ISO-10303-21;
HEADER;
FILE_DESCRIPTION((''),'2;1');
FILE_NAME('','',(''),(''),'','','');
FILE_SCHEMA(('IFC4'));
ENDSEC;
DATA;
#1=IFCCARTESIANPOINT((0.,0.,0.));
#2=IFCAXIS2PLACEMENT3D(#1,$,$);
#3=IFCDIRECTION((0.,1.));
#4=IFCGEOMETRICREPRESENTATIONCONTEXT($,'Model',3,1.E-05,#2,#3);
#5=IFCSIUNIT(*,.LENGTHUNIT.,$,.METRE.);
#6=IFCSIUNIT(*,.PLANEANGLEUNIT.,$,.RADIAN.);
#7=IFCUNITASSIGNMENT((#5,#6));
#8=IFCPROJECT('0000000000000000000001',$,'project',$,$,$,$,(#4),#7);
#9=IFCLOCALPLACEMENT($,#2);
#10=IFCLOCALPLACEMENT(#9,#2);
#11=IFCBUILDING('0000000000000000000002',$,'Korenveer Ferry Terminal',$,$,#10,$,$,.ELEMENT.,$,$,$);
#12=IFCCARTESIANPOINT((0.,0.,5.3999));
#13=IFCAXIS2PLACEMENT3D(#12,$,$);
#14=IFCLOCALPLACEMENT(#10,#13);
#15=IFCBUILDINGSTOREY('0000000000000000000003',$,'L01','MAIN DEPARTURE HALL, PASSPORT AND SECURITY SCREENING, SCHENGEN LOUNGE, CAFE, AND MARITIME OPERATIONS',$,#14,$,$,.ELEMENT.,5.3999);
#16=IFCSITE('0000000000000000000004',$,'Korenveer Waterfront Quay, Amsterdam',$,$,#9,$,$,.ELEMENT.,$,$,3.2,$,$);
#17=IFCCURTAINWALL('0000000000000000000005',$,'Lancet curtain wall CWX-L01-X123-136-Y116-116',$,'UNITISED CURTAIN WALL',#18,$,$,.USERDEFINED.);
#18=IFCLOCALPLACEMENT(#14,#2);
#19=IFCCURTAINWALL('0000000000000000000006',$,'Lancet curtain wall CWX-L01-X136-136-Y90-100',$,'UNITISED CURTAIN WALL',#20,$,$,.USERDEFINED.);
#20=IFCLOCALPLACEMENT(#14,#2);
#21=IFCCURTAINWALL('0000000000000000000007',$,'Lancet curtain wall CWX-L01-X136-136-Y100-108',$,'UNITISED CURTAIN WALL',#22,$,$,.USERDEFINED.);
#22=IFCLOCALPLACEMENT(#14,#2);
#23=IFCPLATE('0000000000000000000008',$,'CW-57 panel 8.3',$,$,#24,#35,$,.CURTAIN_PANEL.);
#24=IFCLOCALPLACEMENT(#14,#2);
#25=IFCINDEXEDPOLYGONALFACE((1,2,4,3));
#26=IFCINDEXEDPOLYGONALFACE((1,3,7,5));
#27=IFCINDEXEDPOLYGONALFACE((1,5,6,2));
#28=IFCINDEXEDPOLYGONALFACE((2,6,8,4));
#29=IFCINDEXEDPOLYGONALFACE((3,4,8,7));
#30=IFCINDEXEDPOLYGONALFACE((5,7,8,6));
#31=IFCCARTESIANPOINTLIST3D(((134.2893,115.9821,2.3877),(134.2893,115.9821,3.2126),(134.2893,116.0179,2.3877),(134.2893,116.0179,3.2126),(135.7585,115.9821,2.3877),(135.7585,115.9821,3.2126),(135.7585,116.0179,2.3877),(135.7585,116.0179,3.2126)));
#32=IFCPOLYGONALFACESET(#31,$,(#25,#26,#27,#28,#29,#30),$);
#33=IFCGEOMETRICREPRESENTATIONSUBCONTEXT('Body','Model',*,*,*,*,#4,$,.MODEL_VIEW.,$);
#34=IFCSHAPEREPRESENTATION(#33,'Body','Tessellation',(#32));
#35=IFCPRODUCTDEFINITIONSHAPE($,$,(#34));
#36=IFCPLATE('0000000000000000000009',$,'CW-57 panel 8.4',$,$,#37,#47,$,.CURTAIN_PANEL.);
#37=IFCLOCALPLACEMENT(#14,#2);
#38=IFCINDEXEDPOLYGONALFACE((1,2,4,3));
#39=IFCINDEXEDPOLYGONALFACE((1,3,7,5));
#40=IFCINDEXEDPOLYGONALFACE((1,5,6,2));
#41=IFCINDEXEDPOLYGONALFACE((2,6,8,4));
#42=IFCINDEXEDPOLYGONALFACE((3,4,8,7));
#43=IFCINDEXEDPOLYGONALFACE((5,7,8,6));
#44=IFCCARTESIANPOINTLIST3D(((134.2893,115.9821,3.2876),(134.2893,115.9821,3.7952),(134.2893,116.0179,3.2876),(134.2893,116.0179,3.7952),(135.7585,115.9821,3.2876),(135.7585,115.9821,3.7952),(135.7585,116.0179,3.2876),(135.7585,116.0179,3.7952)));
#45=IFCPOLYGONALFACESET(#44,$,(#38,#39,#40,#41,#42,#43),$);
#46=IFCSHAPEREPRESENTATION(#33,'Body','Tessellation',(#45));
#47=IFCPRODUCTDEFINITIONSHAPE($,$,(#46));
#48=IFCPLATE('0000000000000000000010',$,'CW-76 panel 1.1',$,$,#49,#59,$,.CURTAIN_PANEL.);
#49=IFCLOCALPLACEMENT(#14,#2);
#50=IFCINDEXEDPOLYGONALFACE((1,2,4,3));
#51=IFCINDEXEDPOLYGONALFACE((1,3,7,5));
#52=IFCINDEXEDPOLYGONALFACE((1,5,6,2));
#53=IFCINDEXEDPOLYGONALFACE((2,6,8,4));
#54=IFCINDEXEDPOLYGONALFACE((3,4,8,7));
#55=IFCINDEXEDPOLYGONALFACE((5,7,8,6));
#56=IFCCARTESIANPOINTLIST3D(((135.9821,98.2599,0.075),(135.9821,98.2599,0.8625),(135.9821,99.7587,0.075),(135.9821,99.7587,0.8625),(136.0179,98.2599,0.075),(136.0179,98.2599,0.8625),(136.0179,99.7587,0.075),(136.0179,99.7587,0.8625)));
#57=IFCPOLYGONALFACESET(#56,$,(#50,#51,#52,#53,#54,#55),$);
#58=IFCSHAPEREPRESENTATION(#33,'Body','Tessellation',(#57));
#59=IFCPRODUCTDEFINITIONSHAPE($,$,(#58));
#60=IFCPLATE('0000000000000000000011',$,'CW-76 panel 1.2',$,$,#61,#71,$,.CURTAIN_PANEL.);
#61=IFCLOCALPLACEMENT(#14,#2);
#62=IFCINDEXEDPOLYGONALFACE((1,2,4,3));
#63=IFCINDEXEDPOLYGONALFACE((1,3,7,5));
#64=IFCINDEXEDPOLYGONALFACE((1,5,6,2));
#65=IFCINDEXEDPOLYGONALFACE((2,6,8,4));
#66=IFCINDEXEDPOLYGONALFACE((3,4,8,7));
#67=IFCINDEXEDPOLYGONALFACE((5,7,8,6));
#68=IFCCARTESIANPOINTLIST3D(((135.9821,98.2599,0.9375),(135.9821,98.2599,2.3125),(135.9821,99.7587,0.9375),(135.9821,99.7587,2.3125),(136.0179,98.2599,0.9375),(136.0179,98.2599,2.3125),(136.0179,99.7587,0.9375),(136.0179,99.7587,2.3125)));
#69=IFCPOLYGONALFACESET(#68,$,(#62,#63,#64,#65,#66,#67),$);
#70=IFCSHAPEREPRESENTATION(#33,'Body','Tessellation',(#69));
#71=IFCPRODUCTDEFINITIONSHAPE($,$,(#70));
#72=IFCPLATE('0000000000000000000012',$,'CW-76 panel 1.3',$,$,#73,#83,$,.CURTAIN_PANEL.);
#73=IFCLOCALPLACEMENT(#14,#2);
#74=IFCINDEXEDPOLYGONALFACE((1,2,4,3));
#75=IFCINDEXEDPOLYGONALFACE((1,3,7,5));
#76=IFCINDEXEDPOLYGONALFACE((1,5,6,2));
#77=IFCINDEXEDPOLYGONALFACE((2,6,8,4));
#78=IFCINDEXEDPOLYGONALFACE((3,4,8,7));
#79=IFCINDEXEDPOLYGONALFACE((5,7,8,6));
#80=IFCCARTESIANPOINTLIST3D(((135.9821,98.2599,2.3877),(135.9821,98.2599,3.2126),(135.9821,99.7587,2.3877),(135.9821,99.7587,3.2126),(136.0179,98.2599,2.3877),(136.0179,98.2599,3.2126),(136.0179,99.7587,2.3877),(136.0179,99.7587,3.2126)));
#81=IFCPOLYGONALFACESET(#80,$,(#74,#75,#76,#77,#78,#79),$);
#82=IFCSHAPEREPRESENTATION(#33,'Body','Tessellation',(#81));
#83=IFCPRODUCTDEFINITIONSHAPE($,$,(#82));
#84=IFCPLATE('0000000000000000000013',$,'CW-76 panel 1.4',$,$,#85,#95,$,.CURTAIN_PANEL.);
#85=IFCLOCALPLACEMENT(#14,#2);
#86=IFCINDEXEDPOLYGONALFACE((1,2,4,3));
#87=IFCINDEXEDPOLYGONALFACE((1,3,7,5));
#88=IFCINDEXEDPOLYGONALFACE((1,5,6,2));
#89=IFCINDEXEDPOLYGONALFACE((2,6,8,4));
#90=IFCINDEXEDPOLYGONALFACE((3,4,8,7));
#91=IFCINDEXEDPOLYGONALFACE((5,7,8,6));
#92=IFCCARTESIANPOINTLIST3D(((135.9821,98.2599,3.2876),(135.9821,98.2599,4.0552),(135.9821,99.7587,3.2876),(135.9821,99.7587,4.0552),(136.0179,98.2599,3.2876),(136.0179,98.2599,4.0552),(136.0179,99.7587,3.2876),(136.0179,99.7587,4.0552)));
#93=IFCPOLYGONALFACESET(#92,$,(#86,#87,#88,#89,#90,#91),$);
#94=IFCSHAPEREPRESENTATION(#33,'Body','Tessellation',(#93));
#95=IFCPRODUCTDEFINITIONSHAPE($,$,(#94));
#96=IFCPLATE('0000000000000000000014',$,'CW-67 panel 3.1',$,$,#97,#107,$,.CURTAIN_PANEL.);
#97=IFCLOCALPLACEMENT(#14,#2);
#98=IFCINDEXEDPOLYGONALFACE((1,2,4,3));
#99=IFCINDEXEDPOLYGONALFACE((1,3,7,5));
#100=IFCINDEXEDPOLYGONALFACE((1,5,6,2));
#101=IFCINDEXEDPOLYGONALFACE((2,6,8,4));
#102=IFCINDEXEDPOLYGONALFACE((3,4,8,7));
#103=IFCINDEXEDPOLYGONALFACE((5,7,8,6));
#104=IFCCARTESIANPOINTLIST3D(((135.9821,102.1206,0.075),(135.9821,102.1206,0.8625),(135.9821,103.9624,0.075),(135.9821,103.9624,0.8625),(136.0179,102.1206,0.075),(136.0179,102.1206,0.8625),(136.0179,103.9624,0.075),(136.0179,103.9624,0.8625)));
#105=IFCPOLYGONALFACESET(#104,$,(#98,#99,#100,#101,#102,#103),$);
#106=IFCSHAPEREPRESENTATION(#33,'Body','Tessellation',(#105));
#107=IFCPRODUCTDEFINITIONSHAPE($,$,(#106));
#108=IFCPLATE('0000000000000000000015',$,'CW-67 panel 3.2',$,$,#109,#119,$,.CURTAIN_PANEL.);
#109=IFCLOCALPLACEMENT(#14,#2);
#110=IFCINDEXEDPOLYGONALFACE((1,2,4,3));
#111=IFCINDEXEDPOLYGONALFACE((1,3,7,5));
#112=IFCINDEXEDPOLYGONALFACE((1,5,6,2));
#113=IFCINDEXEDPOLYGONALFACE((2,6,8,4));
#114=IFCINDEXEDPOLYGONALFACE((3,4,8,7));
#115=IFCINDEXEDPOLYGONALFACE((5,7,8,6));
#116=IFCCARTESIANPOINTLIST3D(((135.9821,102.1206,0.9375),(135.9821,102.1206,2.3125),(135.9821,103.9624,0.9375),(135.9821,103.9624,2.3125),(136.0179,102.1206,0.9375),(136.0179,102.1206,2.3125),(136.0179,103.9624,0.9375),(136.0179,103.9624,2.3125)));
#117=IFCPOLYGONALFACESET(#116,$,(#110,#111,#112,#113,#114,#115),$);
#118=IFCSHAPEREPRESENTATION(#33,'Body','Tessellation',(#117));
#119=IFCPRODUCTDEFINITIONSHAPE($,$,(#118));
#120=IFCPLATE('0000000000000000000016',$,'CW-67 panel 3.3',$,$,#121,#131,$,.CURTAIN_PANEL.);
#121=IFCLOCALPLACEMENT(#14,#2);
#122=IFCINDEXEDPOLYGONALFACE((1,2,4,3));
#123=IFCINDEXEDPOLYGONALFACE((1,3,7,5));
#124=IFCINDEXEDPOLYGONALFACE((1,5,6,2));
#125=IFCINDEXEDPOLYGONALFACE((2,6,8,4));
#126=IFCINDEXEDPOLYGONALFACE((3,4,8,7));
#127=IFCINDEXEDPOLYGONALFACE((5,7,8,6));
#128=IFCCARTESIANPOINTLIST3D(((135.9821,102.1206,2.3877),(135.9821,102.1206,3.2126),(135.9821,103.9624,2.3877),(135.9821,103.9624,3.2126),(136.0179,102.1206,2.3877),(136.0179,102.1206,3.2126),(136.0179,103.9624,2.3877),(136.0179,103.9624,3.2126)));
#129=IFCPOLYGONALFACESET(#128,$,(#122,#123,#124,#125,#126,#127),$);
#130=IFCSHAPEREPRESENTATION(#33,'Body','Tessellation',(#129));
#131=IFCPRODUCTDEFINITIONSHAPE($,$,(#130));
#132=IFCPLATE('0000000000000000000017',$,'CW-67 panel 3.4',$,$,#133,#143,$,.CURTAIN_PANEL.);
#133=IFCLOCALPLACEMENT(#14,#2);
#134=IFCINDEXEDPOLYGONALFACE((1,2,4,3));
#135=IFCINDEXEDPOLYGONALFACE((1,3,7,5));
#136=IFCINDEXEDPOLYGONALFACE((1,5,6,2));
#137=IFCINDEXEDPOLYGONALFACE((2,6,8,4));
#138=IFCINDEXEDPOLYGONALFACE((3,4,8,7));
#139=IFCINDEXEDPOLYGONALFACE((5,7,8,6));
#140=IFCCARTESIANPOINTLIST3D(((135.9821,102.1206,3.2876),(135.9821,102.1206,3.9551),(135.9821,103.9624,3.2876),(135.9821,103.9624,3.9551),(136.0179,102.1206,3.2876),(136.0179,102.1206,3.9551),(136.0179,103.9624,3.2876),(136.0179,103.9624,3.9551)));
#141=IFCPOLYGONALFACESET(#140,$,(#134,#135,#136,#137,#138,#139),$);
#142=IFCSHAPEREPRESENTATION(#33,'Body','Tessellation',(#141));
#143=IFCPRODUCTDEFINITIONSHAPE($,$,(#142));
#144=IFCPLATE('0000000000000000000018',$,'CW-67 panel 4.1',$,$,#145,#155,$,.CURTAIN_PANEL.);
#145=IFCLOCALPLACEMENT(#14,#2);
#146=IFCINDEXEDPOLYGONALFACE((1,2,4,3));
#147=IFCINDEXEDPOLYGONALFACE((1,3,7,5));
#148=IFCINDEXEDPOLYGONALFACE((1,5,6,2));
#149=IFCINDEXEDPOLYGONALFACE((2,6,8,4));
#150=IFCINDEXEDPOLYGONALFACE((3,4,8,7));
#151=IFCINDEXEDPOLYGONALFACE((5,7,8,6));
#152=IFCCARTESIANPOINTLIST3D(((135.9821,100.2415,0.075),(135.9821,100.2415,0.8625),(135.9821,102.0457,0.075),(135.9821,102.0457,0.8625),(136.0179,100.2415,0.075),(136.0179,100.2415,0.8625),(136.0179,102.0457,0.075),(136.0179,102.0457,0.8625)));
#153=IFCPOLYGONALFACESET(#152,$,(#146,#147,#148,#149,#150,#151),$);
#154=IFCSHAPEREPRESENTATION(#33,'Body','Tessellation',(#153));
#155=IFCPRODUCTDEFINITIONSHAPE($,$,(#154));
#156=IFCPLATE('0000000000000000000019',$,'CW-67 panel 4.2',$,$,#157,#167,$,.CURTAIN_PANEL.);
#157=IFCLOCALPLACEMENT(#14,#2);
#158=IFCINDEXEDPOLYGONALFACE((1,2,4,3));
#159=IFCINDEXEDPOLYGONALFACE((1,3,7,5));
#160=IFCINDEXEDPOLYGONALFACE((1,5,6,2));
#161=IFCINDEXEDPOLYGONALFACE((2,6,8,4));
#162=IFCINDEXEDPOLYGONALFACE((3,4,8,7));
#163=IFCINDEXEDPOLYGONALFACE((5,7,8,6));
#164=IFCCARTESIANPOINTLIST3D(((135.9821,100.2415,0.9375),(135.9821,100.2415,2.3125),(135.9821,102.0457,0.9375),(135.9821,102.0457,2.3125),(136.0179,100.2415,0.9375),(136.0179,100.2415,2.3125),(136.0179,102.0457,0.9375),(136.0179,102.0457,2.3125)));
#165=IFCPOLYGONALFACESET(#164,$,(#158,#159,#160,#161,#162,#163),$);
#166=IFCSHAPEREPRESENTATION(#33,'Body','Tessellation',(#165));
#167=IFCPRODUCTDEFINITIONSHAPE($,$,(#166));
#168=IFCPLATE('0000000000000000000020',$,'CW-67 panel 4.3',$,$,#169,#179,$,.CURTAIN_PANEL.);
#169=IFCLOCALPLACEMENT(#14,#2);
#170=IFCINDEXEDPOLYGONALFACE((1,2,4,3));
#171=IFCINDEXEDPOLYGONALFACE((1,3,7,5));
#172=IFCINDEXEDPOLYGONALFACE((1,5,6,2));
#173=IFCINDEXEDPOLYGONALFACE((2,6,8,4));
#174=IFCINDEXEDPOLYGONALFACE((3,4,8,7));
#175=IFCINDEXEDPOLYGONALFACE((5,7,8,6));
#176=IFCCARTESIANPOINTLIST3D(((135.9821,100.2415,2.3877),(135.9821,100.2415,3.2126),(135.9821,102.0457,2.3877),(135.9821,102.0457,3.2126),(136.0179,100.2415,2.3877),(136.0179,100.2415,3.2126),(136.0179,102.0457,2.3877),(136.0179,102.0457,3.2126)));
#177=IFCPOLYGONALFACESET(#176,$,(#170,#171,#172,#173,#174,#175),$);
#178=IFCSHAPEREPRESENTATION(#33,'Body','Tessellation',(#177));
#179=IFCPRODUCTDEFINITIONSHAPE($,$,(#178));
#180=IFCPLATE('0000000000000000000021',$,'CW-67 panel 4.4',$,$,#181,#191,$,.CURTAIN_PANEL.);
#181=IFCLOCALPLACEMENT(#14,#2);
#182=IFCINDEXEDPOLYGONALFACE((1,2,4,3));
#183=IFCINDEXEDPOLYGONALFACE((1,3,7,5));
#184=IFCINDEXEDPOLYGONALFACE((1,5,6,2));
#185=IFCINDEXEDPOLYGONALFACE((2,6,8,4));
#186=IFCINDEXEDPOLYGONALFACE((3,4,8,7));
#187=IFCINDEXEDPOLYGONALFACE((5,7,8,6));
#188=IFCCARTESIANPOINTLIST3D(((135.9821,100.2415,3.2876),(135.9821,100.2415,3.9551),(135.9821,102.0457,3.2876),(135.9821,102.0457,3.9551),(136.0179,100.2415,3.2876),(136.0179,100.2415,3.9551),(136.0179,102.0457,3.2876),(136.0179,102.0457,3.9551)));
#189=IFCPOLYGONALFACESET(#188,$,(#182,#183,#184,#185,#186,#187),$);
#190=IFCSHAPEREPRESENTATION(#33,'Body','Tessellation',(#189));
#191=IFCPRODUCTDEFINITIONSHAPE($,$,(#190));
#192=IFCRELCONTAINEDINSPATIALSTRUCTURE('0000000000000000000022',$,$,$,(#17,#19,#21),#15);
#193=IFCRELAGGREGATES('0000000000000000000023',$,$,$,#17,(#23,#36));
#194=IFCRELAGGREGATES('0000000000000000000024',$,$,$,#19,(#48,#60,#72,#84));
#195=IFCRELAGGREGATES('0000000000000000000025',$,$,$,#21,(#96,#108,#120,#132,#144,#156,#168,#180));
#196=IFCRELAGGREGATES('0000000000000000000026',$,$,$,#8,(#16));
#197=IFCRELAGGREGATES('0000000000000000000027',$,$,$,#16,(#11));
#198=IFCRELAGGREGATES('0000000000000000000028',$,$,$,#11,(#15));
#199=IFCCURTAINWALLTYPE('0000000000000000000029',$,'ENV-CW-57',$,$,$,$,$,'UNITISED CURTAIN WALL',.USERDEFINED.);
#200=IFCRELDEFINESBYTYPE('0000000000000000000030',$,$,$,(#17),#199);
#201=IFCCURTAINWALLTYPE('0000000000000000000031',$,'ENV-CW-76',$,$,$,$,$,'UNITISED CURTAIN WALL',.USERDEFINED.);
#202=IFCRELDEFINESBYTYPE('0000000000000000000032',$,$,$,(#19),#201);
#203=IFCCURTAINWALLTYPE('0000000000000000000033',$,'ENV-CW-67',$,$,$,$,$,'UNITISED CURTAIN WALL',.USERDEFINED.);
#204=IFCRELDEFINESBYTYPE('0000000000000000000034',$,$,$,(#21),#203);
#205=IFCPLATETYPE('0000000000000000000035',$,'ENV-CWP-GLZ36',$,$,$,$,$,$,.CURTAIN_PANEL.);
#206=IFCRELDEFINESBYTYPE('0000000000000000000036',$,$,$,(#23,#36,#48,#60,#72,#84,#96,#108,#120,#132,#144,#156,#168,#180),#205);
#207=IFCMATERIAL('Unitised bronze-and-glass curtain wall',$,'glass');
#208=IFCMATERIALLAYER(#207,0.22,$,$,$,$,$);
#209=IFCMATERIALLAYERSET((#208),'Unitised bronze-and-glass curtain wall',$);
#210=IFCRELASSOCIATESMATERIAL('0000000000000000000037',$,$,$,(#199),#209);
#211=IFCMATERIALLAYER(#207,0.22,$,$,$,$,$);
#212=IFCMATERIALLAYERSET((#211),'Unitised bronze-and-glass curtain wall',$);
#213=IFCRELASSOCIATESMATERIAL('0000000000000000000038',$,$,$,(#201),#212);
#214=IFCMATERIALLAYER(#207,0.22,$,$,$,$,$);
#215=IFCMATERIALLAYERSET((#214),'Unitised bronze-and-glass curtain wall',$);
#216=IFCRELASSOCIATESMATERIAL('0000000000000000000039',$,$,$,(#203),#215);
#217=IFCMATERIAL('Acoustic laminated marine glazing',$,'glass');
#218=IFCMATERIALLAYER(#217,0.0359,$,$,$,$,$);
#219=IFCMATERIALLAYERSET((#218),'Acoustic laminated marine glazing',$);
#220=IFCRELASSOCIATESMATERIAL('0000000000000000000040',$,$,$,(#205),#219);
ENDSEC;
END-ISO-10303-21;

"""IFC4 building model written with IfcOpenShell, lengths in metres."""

from ifc_helpers import new_model, si_unit, direction, frame, origin, origin_2d, place, context, subcontext, project, spatial, rectangle, extrude, material, layer, layer_set, type_object, element, aggregate, save


model = new_model("IFC4")

# Units and contexts
model_context = context("Model", 3, precision=1e-05, world=origin(), true_north=direction((0.0, 1.0)))
body_context = subcontext(model_context, "Body", "Model", "MODEL_VIEW")
ifc_project = project(units=[si_unit("LENGTHUNIT", "METRE"), si_unit("PLANEANGLEUNIT", "RADIAN")], contexts=[model_context])

# Site, building, storey
site_placement = place(None, origin())
site = spatial("IfcSite", under=ifc_project, at=site_placement, Name="Korenveer Waterfront Quay, Amsterdam", CompositionType="ELEMENT", RefElevation=3.2)
building_placement = place(site_placement, origin())
building = spatial("IfcBuilding", under=site, at=building_placement, Name="Korenveer Ferry Terminal", CompositionType="ELEMENT")
storey_placement = place(building_placement, frame((0.0, 0.0, 5.3999)))
storey = spatial("IfcBuildingStorey", under=building, at=storey_placement, Name="L01", Description="MAIN DEPARTURE HALL, PASSPORT AND SECURITY SCREENING, SCHENGEN LOUNGE, CAFE, AND MARITIME OPERATIONS", CompositionType="ELEMENT", Elevation=5.3999)

# Curtain wall
ifc_material_1 = material(Name="Unitised bronze-and-glass curtain wall", Category="glass")
ifc_layer_1 = layer(ifc_material_1, 0.22)
ifc_layer_set_1 = layer_set([ifc_layer_1], Name="Unitised bronze-and-glass curtain wall")
curtain_wall_type_1 = type_object("IfcCurtainWallType", Name="ENV-CW-57", ElementType="UNITISED CURTAIN WALL", PredefinedType="USERDEFINED", material=ifc_layer_set_1)
curtain_wall_1_placement = place(storey_placement, frame((123.1799, 116.0, 0.0)))
curtain_wall_1 = element("IfcCurtainWall", 1, at=curtain_wall_1_placement, inside=storey, type_object=curtain_wall_type_1, Name="Lancet curtain wall CWX-L01-X123-136-Y116-116", ObjectType="UNITISED CURTAIN WALL", PredefinedType="USERDEFINED")

# Curtain walls
ifc_layer_2 = layer(ifc_material_1, 0.22)
ifc_layer_set_2 = layer_set([ifc_layer_2], Name="Unitised bronze-and-glass curtain wall")
curtain_wall_type_2 = type_object("IfcCurtainWallType", Name="ENV-CW-76", ElementType="UNITISED CURTAIN WALL", PredefinedType="USERDEFINED", material=ifc_layer_set_2)
curtain_wall_2_placement = place(storey_placement, frame((136.0, 99.8335, 0.0)))
curtain_wall_2 = element("IfcCurtainWall", 2, at=curtain_wall_2_placement, inside=storey, type_object=curtain_wall_type_2, Name="Lancet curtain wall CWX-L01-X136-136-Y90-100", ObjectType="UNITISED CURTAIN WALL", PredefinedType="USERDEFINED")
ifc_layer_3 = layer(ifc_material_1, 0.22)
ifc_layer_set_3 = layer_set([ifc_layer_3], Name="Unitised bronze-and-glass curtain wall")
curtain_wall_type_3 = type_object("IfcCurtainWallType", Name="ENV-CW-67", ElementType="UNITISED CURTAIN WALL", PredefinedType="USERDEFINED", material=ifc_layer_set_3)
curtain_wall_3_placement = place(storey_placement, frame((136.0, 107.8335, 0.0)))
curtain_wall_3 = element("IfcCurtainWall", 3, at=curtain_wall_3_placement, inside=storey, type_object=curtain_wall_type_3, Name="Lancet curtain wall CWX-L01-X136-136-Y100-108", ObjectType="UNITISED CURTAIN WALL", PredefinedType="USERDEFINED")

# Plates
ifc_material_2 = material(Name="Acoustic laminated marine glazing", Category="glass")
ifc_layer_4 = layer(ifc_material_2, 0.0359)
ifc_layer_set_4 = layer_set([ifc_layer_4], Name="Acoustic laminated marine glazing")
plate_type = type_object("IfcPlateType", Name="ENV-CWP-GLZ36", PredefinedType="CURTAIN_PANEL", material=ifc_layer_set_4)
plate_1_placement = place(storey_placement, frame((135.0239, 116.0, 2.3877), z_axis=(0.0, 0.0, 1.0), x_axis=(1.0, 0.0, 0.0)))
plate_1 = element("IfcPlate", 4, at=plate_1_placement, type_object=plate_type, Name="CW-57 panel 8.3", PredefinedType="CURTAIN_PANEL", context=body_context, shape_type="SweptSolid", body=[
    extrude(rectangle(XDim=1.4692, YDim=0.0359, at=origin_2d()), origin(), (0.0, 0.0, 1.0), 0.825),
])
plate_2_placement = place(storey_placement, frame((135.0239, 116.0, 3.2876), z_axis=(0.0, 0.0, 1.0), x_axis=(1.0, 0.0, 0.0)))
plate_2 = element("IfcPlate", 5, at=plate_2_placement, type_object=plate_type, Name="CW-57 panel 8.4", PredefinedType="CURTAIN_PANEL", context=body_context, shape_type="SweptSolid", body=[
    extrude(rectangle(XDim=1.4692, YDim=0.0359, at=origin_2d()), origin(), (0.0, 0.0, 1.0), 0.5076),
])
aggregate(curtain_wall_1, [plate_1, plate_2])
plate_3_placement = place(storey_placement, frame((136.0, 99.0093, 0.075), z_axis=(0.0, 0.0, 1.0), x_axis=(0.0, -1.0, 0.0)))
plate_3 = element("IfcPlate", 6, at=plate_3_placement, type_object=plate_type, Name="CW-76 panel 1.1", PredefinedType="CURTAIN_PANEL", context=body_context, shape_type="SweptSolid", body=[
    extrude(rectangle(XDim=1.4988, YDim=0.0359, at=origin_2d()), origin(), (0.0, 0.0, 1.0), 0.7876),
])
plate_4_placement = place(storey_placement, frame((136.0, 99.0093, 0.9375), z_axis=(0.0, 0.0, 1.0), x_axis=(0.0, -1.0, 0.0)))
plate_4 = element("IfcPlate", 7, at=plate_4_placement, type_object=plate_type, Name="CW-76 panel 1.2", PredefinedType="CURTAIN_PANEL", context=body_context, shape_type="SweptSolid", body=[
    extrude(rectangle(XDim=1.4988, YDim=0.0359, at=origin_2d()), origin(), (0.0, 0.0, 1.0), 1.375),
])
plate_5_placement = place(storey_placement, frame((136.0, 99.0093, 2.3877), z_axis=(0.0, 0.0, 1.0), x_axis=(0.0, -1.0, 0.0)))
plate_5 = element("IfcPlate", 8, at=plate_5_placement, type_object=plate_type, Name="CW-76 panel 1.3", PredefinedType="CURTAIN_PANEL", context=body_context, shape_type="SweptSolid", body=[
    extrude(rectangle(XDim=1.4988, YDim=0.0359, at=origin_2d()), origin(), (0.0, 0.0, 1.0), 0.825),
])
plate_6_placement = place(storey_placement, frame((136.0, 99.0093, 3.2876), z_axis=(0.0, 0.0, 1.0), x_axis=(0.0, -1.0, 0.0)))
plate_6 = element("IfcPlate", 9, at=plate_6_placement, type_object=plate_type, Name="CW-76 panel 1.4", PredefinedType="CURTAIN_PANEL", context=body_context, shape_type="SweptSolid", body=[
    extrude(rectangle(XDim=1.4988, YDim=0.0359, at=origin_2d()), origin(), (0.0, 0.0, 1.0), 0.7676),
])
aggregate(curtain_wall_2, [plate_3, plate_4, plate_5, plate_6])
plate_7_placement = place(storey_placement, frame((136.0, 103.0415, 0.075), z_axis=(0.0, 0.0, 1.0), x_axis=(0.0, -1.0, 0.0)))
plate_7 = element("IfcPlate", 10, at=plate_7_placement, type_object=plate_type, Name="CW-67 panel 3.1", PredefinedType="CURTAIN_PANEL", context=body_context, shape_type="SweptSolid", body=[
    extrude(rectangle(XDim=1.8418, YDim=0.0359, at=origin_2d()), origin(), (0.0, 0.0, 1.0), 0.7876),
])
plate_8_placement = place(storey_placement, frame((136.0, 103.0415, 0.9375), z_axis=(0.0, 0.0, 1.0), x_axis=(0.0, -1.0, 0.0)))
plate_8 = element("IfcPlate", 11, at=plate_8_placement, type_object=plate_type, Name="CW-67 panel 3.2", PredefinedType="CURTAIN_PANEL", context=body_context, shape_type="SweptSolid", body=[
    extrude(rectangle(XDim=1.8418, YDim=0.0359, at=origin_2d()), origin(), (0.0, 0.0, 1.0), 1.375),
])
plate_9_placement = place(storey_placement, frame((136.0, 103.0415, 2.3877), z_axis=(0.0, 0.0, 1.0), x_axis=(0.0, -1.0, 0.0)))
plate_9 = element("IfcPlate", 12, at=plate_9_placement, type_object=plate_type, Name="CW-67 panel 3.3", PredefinedType="CURTAIN_PANEL", context=body_context, shape_type="SweptSolid", body=[
    extrude(rectangle(XDim=1.8418, YDim=0.0359, at=origin_2d()), origin(), (0.0, 0.0, 1.0), 0.825),
])
plate_10_placement = place(storey_placement, frame((136.0, 103.0415, 3.2876), z_axis=(0.0, 0.0, 1.0), x_axis=(0.0, -1.0, 0.0)))
plate_10 = element("IfcPlate", 13, at=plate_10_placement, type_object=plate_type, Name="CW-67 panel 3.4", PredefinedType="CURTAIN_PANEL", context=body_context, shape_type="SweptSolid", body=[
    extrude(rectangle(XDim=1.8418, YDim=0.0359, at=origin_2d()), origin(), (0.0, 0.0, 1.0), 0.6675),
])
plate_11_placement = place(storey_placement, frame((136.0, 101.1436, 0.075), z_axis=(0.0, 0.0, 1.0), x_axis=(0.0, -1.0, 0.0)))
plate_11 = element("IfcPlate", 14, at=plate_11_placement, type_object=plate_type, Name="CW-67 panel 4.1", PredefinedType="CURTAIN_PANEL", context=body_context, shape_type="SweptSolid", body=[
    extrude(rectangle(XDim=1.8042, YDim=0.0359, at=origin_2d()), origin(), (0.0, 0.0, 1.0), 0.7876),
])
plate_12_placement = place(storey_placement, frame((136.0, 101.1436, 0.9375), z_axis=(0.0, 0.0, 1.0), x_axis=(0.0, -1.0, 0.0)))
plate_12 = element("IfcPlate", 15, at=plate_12_placement, type_object=plate_type, Name="CW-67 panel 4.2", PredefinedType="CURTAIN_PANEL", context=body_context, shape_type="SweptSolid", body=[
    extrude(rectangle(XDim=1.8042, YDim=0.0359, at=origin_2d()), origin(), (0.0, 0.0, 1.0), 1.375),
])
plate_13_placement = place(storey_placement, frame((136.0, 101.1436, 2.3877), z_axis=(0.0, 0.0, 1.0), x_axis=(0.0, -1.0, 0.0)))
plate_13 = element("IfcPlate", 16, at=plate_13_placement, type_object=plate_type, Name="CW-67 panel 4.3", PredefinedType="CURTAIN_PANEL", context=body_context, shape_type="SweptSolid", body=[
    extrude(rectangle(XDim=1.8042, YDim=0.0359, at=origin_2d()), origin(), (0.0, 0.0, 1.0), 0.825),
])
plate_14_placement = place(storey_placement, frame((136.0, 101.1436, 3.2876), z_axis=(0.0, 0.0, 1.0), x_axis=(0.0, -1.0, 0.0)))
plate_14 = element("IfcPlate", 17, at=plate_14_placement, type_object=plate_type, Name="CW-67 panel 4.4", PredefinedType="CURTAIN_PANEL", context=body_context, shape_type="SweptSolid", body=[
    extrude(rectangle(XDim=1.8042, YDim=0.0359, at=origin_2d()), origin(), (0.0, 0.0, 1.0), 0.6675),
])
aggregate(curtain_wall_3, [plate_7, plate_8, plate_9, plate_10, plate_11, plate_12, plate_13, plate_14])

save(model, "model.ifc")
